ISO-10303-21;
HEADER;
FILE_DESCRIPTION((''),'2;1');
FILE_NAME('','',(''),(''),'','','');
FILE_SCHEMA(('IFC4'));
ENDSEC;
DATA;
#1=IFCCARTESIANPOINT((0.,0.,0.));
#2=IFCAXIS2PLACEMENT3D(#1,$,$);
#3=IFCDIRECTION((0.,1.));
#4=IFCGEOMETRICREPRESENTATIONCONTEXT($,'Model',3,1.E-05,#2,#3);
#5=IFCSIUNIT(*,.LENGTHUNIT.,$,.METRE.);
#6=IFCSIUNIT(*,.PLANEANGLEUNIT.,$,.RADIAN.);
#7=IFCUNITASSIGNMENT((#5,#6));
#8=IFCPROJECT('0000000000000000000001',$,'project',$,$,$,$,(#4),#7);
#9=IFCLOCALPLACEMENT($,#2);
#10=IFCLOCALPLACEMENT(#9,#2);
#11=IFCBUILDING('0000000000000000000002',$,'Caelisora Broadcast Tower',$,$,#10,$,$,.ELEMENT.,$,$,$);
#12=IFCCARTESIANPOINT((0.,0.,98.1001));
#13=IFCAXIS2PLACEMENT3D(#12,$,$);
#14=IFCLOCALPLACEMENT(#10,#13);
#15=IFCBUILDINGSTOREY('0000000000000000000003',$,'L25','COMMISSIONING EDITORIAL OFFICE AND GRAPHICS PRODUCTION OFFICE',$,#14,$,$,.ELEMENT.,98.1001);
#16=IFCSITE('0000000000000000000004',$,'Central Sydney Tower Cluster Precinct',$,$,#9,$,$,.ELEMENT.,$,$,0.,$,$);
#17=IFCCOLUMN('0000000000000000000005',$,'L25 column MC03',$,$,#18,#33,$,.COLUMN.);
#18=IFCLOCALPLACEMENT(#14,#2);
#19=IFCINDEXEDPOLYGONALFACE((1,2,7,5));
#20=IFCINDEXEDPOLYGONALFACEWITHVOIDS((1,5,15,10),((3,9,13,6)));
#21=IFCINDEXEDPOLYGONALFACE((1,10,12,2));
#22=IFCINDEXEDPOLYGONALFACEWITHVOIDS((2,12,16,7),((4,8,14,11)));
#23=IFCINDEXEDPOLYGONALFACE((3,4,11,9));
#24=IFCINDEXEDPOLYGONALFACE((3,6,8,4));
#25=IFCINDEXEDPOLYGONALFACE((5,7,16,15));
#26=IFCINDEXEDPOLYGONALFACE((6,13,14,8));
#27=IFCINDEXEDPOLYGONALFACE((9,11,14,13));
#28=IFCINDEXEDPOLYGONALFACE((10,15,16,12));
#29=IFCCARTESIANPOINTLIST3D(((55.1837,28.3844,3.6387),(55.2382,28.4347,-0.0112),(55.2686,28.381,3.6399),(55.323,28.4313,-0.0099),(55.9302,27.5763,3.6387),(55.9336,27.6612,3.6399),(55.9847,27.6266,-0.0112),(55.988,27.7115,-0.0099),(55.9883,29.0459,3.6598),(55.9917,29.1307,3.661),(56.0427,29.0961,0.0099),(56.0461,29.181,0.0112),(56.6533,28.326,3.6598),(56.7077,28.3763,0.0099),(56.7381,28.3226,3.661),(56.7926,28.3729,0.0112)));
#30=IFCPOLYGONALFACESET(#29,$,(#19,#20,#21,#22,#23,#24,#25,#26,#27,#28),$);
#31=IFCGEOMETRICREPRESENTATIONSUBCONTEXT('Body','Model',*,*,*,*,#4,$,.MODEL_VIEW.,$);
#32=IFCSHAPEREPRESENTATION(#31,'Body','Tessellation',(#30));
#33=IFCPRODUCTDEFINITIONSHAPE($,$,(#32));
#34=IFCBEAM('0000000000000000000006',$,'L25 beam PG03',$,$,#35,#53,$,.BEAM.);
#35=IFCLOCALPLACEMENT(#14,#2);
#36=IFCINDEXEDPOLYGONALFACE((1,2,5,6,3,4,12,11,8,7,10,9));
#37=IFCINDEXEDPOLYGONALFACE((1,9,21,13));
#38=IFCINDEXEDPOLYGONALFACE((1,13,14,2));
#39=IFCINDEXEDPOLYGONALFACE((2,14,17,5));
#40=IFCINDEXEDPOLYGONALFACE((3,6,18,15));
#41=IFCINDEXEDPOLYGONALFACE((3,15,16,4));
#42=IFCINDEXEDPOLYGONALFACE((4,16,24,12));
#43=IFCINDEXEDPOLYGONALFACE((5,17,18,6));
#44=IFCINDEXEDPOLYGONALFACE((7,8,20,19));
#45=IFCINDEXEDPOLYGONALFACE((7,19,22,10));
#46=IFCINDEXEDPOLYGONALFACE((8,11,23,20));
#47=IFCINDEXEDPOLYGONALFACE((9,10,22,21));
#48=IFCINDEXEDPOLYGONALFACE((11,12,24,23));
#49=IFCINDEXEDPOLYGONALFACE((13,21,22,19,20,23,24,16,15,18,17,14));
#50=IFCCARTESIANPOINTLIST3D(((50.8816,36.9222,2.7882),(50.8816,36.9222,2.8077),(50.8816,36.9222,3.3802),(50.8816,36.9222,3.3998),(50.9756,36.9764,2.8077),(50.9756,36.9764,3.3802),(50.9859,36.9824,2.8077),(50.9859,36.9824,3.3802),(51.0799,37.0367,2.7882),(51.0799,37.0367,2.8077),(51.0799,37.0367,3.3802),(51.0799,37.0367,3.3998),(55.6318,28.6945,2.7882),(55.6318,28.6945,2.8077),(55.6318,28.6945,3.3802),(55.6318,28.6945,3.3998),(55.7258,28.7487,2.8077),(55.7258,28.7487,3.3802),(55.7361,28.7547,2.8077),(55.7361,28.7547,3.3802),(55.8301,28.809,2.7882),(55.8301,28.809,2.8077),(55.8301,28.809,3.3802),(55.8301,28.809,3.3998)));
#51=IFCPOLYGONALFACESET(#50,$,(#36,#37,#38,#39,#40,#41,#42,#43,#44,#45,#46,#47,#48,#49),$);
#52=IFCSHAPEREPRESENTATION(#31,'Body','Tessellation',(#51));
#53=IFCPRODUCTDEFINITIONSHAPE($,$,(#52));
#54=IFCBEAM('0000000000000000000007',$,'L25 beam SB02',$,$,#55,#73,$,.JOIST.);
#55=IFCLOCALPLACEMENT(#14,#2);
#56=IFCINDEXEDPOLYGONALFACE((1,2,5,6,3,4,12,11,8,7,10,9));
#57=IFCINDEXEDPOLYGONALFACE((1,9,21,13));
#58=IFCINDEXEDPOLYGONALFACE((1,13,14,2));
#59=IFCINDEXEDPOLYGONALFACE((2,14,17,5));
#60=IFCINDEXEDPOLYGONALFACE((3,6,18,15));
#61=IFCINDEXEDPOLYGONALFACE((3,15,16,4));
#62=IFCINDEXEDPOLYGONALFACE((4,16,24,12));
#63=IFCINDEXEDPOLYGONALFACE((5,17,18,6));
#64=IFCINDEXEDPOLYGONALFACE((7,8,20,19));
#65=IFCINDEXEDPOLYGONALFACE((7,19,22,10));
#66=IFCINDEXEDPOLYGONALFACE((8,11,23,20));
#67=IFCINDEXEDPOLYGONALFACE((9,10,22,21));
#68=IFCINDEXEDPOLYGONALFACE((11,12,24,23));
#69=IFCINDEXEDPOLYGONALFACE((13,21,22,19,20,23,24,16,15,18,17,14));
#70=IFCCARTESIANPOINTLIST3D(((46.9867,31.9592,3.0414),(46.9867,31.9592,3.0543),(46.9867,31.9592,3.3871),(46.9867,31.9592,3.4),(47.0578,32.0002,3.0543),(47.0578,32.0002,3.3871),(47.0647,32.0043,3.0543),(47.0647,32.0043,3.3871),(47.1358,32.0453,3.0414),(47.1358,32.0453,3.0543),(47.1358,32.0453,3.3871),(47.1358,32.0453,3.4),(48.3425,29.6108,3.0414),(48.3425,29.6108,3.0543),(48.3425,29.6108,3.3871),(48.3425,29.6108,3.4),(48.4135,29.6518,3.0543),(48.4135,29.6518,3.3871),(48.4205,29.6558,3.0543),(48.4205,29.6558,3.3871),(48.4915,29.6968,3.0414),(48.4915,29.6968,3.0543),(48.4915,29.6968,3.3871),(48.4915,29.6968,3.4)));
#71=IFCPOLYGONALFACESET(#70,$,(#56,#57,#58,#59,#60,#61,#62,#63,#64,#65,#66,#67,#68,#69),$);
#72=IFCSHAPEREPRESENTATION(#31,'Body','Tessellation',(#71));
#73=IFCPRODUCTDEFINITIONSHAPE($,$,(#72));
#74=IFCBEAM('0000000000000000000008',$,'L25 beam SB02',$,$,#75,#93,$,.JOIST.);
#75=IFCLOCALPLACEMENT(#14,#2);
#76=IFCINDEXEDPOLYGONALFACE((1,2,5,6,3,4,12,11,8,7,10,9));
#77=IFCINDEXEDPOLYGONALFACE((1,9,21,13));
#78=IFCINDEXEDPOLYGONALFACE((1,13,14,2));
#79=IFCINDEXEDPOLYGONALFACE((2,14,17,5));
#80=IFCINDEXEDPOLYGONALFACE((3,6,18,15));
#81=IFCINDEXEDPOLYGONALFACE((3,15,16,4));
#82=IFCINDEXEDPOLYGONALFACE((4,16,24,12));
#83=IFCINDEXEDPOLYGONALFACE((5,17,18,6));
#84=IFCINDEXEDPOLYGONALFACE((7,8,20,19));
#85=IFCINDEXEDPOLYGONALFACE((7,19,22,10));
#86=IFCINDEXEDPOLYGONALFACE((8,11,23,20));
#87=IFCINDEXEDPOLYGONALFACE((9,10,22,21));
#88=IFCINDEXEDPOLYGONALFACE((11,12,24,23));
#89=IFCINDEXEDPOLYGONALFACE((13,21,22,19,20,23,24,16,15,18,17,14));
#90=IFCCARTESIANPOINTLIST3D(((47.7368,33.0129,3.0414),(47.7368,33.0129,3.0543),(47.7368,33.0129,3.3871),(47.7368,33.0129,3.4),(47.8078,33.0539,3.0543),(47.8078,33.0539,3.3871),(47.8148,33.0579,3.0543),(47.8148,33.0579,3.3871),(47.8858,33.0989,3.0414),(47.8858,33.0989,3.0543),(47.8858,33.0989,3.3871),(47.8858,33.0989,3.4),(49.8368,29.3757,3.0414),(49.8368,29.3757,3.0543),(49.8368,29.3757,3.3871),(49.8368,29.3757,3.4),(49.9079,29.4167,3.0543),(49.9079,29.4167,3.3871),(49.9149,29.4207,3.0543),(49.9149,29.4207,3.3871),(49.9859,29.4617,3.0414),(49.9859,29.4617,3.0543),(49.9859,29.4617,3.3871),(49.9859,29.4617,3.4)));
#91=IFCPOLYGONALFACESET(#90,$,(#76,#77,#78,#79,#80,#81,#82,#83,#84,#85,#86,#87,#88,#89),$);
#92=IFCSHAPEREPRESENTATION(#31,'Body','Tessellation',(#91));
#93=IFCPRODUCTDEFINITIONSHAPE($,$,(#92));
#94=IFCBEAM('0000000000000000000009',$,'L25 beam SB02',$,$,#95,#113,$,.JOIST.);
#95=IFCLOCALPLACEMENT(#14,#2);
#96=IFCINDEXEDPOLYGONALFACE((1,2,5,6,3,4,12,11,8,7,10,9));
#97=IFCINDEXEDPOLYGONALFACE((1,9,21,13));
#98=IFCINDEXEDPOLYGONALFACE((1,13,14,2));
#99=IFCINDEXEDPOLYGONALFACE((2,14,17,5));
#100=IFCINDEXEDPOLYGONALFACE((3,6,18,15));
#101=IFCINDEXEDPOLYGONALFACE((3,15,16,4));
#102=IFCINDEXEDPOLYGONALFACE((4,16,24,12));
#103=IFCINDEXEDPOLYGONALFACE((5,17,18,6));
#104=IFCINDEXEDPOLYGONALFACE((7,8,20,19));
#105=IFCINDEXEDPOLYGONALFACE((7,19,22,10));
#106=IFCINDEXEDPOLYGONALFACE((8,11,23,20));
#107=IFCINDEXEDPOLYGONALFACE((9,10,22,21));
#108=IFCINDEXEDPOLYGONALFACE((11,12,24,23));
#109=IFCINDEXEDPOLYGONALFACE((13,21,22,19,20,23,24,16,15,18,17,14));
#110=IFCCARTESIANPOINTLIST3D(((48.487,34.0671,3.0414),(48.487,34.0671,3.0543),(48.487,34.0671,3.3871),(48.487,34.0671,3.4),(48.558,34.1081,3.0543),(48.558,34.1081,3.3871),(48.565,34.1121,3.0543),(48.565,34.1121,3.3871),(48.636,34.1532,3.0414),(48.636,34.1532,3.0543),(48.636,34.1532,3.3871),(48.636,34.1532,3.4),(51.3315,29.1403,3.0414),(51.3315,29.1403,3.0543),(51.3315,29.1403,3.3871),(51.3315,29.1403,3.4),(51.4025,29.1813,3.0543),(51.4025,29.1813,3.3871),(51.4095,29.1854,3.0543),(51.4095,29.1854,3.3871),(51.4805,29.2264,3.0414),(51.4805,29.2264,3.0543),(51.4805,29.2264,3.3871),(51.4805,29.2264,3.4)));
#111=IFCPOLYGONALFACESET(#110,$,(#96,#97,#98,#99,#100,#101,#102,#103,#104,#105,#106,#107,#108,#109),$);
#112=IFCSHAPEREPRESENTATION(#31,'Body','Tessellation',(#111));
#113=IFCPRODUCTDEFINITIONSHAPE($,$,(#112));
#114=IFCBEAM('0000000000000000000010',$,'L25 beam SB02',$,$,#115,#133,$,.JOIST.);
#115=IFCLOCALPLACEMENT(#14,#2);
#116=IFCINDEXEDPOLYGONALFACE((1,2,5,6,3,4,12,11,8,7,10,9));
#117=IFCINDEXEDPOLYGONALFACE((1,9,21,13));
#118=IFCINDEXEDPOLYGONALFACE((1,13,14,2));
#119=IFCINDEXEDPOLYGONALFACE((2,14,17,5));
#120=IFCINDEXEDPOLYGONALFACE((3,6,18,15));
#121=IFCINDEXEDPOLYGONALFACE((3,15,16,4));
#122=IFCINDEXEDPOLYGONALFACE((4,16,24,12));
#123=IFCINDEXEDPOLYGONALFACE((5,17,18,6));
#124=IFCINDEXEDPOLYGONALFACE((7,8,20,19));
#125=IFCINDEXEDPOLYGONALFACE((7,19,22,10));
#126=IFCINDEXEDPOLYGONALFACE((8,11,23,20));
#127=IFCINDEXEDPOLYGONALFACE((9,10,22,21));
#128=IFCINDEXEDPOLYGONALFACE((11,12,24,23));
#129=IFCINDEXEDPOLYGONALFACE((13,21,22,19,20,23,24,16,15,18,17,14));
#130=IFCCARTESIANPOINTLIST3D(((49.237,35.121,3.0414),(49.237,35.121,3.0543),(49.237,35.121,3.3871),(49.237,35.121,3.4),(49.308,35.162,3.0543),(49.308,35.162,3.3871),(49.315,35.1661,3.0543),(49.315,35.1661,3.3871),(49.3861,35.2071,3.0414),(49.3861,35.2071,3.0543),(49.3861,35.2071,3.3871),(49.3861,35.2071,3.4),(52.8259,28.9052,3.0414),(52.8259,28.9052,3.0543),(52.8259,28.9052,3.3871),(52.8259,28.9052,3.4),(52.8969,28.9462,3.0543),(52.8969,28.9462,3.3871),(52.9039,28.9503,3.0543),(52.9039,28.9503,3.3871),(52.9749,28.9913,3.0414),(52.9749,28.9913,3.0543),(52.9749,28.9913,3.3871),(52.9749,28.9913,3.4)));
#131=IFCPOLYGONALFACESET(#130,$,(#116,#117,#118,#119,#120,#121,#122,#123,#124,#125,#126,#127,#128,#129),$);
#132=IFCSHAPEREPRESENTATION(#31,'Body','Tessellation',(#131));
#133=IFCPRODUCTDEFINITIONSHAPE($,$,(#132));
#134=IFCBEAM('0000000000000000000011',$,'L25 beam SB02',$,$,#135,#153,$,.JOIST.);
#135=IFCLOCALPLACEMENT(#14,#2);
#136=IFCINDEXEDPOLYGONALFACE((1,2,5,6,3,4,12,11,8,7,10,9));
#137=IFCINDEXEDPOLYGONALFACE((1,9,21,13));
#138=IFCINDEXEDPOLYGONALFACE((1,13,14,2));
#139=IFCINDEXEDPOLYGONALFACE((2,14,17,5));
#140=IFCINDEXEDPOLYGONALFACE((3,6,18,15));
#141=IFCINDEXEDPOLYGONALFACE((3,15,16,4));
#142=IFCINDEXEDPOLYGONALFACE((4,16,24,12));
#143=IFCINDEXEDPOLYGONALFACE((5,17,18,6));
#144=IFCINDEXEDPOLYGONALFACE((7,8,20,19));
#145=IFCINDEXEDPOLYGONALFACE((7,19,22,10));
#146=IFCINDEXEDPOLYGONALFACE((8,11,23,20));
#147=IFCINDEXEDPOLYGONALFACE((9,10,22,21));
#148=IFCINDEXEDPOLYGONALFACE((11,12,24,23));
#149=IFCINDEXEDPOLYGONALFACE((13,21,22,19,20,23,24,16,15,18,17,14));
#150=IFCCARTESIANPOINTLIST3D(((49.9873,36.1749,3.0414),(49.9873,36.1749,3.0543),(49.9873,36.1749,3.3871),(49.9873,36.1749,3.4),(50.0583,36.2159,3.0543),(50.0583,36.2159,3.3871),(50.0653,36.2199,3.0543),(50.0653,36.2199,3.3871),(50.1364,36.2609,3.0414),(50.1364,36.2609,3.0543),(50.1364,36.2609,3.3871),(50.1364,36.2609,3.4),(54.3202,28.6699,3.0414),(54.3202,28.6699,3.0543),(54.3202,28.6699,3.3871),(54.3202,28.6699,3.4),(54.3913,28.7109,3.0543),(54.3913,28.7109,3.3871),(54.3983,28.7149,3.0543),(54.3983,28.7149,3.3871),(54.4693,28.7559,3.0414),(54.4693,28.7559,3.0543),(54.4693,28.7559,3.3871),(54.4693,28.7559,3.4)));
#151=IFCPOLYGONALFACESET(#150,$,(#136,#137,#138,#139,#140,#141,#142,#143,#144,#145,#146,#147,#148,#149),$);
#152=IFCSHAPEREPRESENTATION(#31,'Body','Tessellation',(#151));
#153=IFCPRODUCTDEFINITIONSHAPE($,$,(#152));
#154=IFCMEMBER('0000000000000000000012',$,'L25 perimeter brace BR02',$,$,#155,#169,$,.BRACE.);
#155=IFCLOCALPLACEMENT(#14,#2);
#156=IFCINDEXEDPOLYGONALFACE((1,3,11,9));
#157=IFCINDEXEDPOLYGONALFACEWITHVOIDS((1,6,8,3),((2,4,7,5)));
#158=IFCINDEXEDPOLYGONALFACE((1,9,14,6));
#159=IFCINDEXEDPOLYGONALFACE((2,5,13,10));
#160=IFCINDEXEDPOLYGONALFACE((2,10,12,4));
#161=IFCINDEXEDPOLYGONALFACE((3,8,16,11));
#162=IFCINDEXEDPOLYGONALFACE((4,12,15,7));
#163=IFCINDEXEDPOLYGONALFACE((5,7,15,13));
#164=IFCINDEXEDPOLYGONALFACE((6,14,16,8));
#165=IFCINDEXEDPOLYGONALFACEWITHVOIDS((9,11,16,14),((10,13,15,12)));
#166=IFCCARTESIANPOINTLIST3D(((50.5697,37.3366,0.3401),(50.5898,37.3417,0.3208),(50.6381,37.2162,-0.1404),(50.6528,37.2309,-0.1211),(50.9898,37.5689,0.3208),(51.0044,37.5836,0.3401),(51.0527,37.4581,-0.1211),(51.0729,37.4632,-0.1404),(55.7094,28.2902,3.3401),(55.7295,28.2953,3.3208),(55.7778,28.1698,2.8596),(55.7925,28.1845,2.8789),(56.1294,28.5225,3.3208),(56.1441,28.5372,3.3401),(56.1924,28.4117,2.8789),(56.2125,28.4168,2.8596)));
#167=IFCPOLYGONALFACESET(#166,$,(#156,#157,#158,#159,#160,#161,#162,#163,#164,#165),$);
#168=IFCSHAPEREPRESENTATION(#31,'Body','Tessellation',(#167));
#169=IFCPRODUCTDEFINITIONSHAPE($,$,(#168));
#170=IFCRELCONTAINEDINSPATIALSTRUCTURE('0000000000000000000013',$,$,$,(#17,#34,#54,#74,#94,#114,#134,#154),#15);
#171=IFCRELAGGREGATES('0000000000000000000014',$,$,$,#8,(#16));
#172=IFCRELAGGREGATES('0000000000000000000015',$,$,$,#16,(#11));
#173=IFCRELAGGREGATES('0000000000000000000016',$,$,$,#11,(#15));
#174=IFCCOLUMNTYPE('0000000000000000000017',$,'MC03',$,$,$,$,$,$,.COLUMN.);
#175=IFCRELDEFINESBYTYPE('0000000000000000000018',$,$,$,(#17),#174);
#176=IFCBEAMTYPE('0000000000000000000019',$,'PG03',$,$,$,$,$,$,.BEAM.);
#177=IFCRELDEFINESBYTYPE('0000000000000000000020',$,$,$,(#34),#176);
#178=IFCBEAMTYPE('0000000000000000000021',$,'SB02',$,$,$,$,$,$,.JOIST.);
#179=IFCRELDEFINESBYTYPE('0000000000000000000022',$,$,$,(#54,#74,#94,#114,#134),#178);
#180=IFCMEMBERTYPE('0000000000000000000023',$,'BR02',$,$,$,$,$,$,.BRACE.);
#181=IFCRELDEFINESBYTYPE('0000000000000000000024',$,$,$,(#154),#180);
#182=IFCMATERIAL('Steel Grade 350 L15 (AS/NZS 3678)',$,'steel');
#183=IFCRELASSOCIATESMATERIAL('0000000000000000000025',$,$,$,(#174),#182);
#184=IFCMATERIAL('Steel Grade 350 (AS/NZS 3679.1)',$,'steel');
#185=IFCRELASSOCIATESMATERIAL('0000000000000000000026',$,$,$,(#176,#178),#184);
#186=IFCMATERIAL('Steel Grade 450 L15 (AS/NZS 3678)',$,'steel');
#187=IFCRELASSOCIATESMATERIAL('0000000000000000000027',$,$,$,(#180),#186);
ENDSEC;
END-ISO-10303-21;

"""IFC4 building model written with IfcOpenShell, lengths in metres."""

from ifc_helpers import new_model, si_unit, direction, frame, origin, origin_2d, place, context, subcontext, project, spatial, hollow_rectangle, i_section, extrude, source, transform, mapped, material, material_profile, profile_set, type_object, type_shapes, element, save


model = new_model("IFC4")

# Units and contexts
model_context = context("Model", 3, precision=1e-05, world=origin(), true_north=direction((0.0, 1.0)))
body_context = subcontext(model_context, "Body", "Model", "MODEL_VIEW")
ifc_project = project(units=[si_unit("LENGTHUNIT", "METRE"), si_unit("PLANEANGLEUNIT", "RADIAN")], contexts=[model_context])

# Site, building, storey
site_placement = place(None, origin())
site = spatial("IfcSite", under=ifc_project, at=site_placement, Name="Central Sydney Tower Cluster Precinct", CompositionType="ELEMENT", RefElevation=0.0)
building_placement = place(site_placement, origin())
building = spatial("IfcBuilding", under=site, at=building_placement, Name="Caelisora Broadcast Tower", CompositionType="ELEMENT")
storey_placement = place(building_placement, frame((0.0, 0.0, 98.1001)))
storey = spatial("IfcBuildingStorey", under=building, at=storey_placement, Name="L25", Description="COMMISSIONING EDITORIAL OFFICE AND GRAPHICS PRODUCTION OFFICE", CompositionType="ELEMENT", Elevation=98.1001)

# Column
ifc_material_1 = material(Name="Steel Grade 350 L15 (AS/NZS 3678)", Category="steel")
ifc_material_profile_1 = material_profile(ifc_material_1, hollow_rectangle(XDim=1.1001, YDim=1.1001, WallThickness=0.0601, at=origin_2d()), Name="Steel Grade 350 L15 (AS/NZS 3678)")
ifc_profile_set_1 = profile_set([ifc_material_profile_1], Name="Steel Grade 350 L15 (AS/NZS 3678)")
column_type = type_object("IfcColumnType", Name="MC03", PredefinedType="COLUMN", material=ifc_profile_set_1)
shared_shape_1 = source(origin(), body_context, "Body", "SweptSolid", [
    extrude(hollow_rectangle(XDim=1.1001, YDim=1.1001, WallThickness=0.0601, at=origin_2d()), origin(), (0.0, 0.0, 1.0), 3.6506),
])
type_shapes(column_type, [shared_shape_1])
column_placement = place(storey_placement, frame((56.0154, 28.4038, 0.0), z_axis=(-0.014913, -0.013776, 0.999794), x_axis=(0.678554, -0.734551, 0.0)))
element("IfcColumn", 1, at=column_placement, inside=storey, type_object=column_type, Name="L25 column MC03", PredefinedType="COLUMN", context=body_context, shape_type="MappedRepresentation", body=[
    mapped(shared_shape_1, transform((0.0, 0.0, 0.0), scale=1.0)),
])

# Beams
ifc_material_2 = material(Name="Steel Grade 350 (AS/NZS 3679.1)", Category="steel")
ifc_material_profile_2 = material_profile(ifc_material_2, i_section(OverallWidth=0.229, OverallDepth=0.6116, WebThickness=0.012, FlangeThickness=0.0195, at=origin_2d()), Name="Steel Grade 350 (AS/NZS 3679.1)")
ifc_profile_set_2 = profile_set([ifc_material_profile_2], Name="Steel Grade 350 (AS/NZS 3679.1)")
beam_type_1 = type_object("IfcBeamType", Name="PG03", PredefinedType="BEAM", material=ifc_profile_set_2)
shared_shape_2 = source(origin(), body_context, "Body", "SweptSolid", [
    extrude(i_section(OverallWidth=0.229, OverallDepth=0.6116, WebThickness=0.012, FlangeThickness=0.0195, at=origin_2d()), origin(), (0.0, 0.0, 1.0), 9.5005),
])
type_shapes(beam_type_1, [shared_shape_2])
beam_1_placement = place(storey_placement, frame((55.731, 28.7517, 3.094), z_axis=(-0.499995, 0.866029, 0.0), x_axis=(-0.866029, -0.499995, 0.0)))
element("IfcBeam", 2, at=beam_1_placement, inside=storey, type_object=beam_type_1, Name="L25 beam PG03", PredefinedType="BEAM", context=body_context, shape_type="MappedRepresentation", body=[
    mapped(shared_shape_2, transform((0.0, 0.0, 0.0), scale=1.0)),
])
ifc_material_profile_3 = material_profile(ifc_material_2, i_section(OverallWidth=0.1721, OverallDepth=0.3586, WebThickness=0.0081, FlangeThickness=0.0129, at=origin_2d()), Name="Steel Grade 350 (AS/NZS 3679.1)")
ifc_profile_set_3 = profile_set([ifc_material_profile_3], Name="Steel Grade 350 (AS/NZS 3679.1)")
beam_type_2 = type_object("IfcBeamType", Name="SB02", PredefinedType="JOIST", material=ifc_profile_set_3)
shared_shape_3 = source(origin(), body_context, "Body", "SweptSolid", [
    extrude(i_section(OverallWidth=0.1721, OverallDepth=0.3586, WebThickness=0.0081, FlangeThickness=0.0129, at=origin_2d()), origin(), (0.0, 0.0, 1.0), 2.7117),
])
beam_2_placement = place(storey_placement, frame((48.417, 29.6538, 3.2207), z_axis=(-0.499964, 0.866046, 0.0), x_axis=(-0.866046, -0.499964, 0.0)))
element("IfcBeam", 3, at=beam_2_placement, inside=storey, type_object=beam_type_2, Name="L25 beam SB02", PredefinedType="JOIST", context=body_context, shape_type="MappedRepresentation", body=[
    mapped(shared_shape_3, transform((0.0, 0.0, 0.0), scale=1.0)),
])
shared_shape_4 = source(origin(), body_context, "Body", "SweptSolid", [
    extrude(i_section(OverallWidth=0.1721, OverallDepth=0.3586, WebThickness=0.0081, FlangeThickness=0.0129, at=origin_2d()), origin(), (0.0, 0.0, 1.0), 4.2),
])
beam_3_placement = place(storey_placement, frame((49.9114, 29.4187, 3.2207), z_axis=(-0.500028, 0.866009, 0.0), x_axis=(-0.866009, -0.500028, 0.0)))
element("IfcBeam", 4, at=beam_3_placement, inside=storey, type_object=beam_type_2, Name="L25 beam SB02", PredefinedType="JOIST", context=body_context, shape_type="MappedRepresentation", body=[
    mapped(shared_shape_4, transform((0.0, 0.0, 0.0), scale=1.0)),
])
shared_shape_5 = source(origin(), body_context, "Body", "SweptSolid", [
    extrude(i_section(OverallWidth=0.1721, OverallDepth=0.3586, WebThickness=0.0081, FlangeThickness=0.0129, at=origin_2d()), origin(), (0.0, 0.0, 1.0), 5.689),
])
beam_4_placement = place(storey_placement, frame((51.406, 29.1833, 3.2207), z_axis=(-0.500002, 0.866024, 0.0), x_axis=(-0.866024, -0.500002, 0.0)))
element("IfcBeam", 5, at=beam_4_placement, inside=storey, type_object=beam_type_2, Name="L25 beam SB02", PredefinedType="JOIST", context=body_context, shape_type="MappedRepresentation", body=[
    mapped(shared_shape_5, transform((0.0, 0.0, 0.0), scale=1.0)),
])
shared_shape_6 = source(origin(), body_context, "Body", "SweptSolid", [
    extrude(i_section(OverallWidth=0.1721, OverallDepth=0.3586, WebThickness=0.0081, FlangeThickness=0.0129, at=origin_2d()), origin(), (0.0, 0.0, 1.0), 7.1775),
])
beam_5_placement = place(storey_placement, frame((52.9004, 28.9482, 3.2207), z_axis=(-0.500017, 0.866016, 0.0), x_axis=(-0.866016, -0.500017, 0.0)))
element("IfcBeam", 6, at=beam_5_placement, inside=storey, type_object=beam_type_2, Name="L25 beam SB02", PredefinedType="JOIST", context=body_context, shape_type="MappedRepresentation", body=[
    mapped(shared_shape_6, transform((0.0, 0.0, 0.0), scale=1.0)),
])
shared_shape_7 = source(origin(), body_context, "Body", "SweptSolid", [
    extrude(i_section(OverallWidth=0.1721, OverallDepth=0.3586, WebThickness=0.0081, FlangeThickness=0.0129, at=origin_2d()), origin(), (0.0, 0.0, 1.0), 8.666),
])
type_shapes(beam_type_2, [shared_shape_3, shared_shape_4, shared_shape_5, shared_shape_6, shared_shape_7])
beam_6_placement = place(storey_placement, frame((54.3948, 28.7129, 3.2207), z_axis=(-0.499993, 0.866029, 0.0), x_axis=(-0.866029, -0.499993, 0.0)))
element("IfcBeam", 7, at=beam_6_placement, inside=storey, type_object=beam_type_2, Name="L25 beam SB02", PredefinedType="JOIST", context=body_context, shape_type="MappedRepresentation", body=[
    mapped(shared_shape_7, transform((0.0, 0.0, 0.0), scale=1.0)),
])

# Member
ifc_material_3 = material(Name="Steel Grade 450 L15 (AS/NZS 3678)", Category="steel")
ifc_material_profile_4 = material_profile(ifc_material_3, hollow_rectangle(XDim=0.5, YDim=0.5, WallThickness=0.02, at=origin_2d()), Name="Steel Grade 450 L15 (AS/NZS 3678)")
ifc_profile_set_4 = profile_set([ifc_material_profile_4], Name="Steel Grade 450 L15 (AS/NZS 3678)")
member_type_1 = type_object("IfcMemberType", Name="BR02", PredefinedType="BRACE", material=ifc_profile_set_4)
shared_shape_8 = source(origin(), body_context, "Body", "SweptSolid", [
    extrude(hollow_rectangle(XDim=0.5, YDim=0.5, WallThickness=0.02, at=origin_2d()), origin(), (0.0, 0.0, 1.0), 10.8284),
])
type_shapes(member_type_1, [shared_shape_8])
member_1_placement = place(storey_placement, frame((55.9609, 28.3535, 3.0999), z_axis=(-0.474648, 0.835436, -0.277051), x_axis=(-0.869471, -0.493984, 0.0)))
element("IfcMember", 8, at=member_1_placement, inside=storey, type_object=member_type_1, Name="L25 perimeter brace BR02", PredefinedType="BRACE", context=body_context, shape_type="MappedRepresentation", body=[
    mapped(shared_shape_8, transform((0.0, 0.0, 0.0), scale=1.0)),
])

save(model, "model.ifc")
